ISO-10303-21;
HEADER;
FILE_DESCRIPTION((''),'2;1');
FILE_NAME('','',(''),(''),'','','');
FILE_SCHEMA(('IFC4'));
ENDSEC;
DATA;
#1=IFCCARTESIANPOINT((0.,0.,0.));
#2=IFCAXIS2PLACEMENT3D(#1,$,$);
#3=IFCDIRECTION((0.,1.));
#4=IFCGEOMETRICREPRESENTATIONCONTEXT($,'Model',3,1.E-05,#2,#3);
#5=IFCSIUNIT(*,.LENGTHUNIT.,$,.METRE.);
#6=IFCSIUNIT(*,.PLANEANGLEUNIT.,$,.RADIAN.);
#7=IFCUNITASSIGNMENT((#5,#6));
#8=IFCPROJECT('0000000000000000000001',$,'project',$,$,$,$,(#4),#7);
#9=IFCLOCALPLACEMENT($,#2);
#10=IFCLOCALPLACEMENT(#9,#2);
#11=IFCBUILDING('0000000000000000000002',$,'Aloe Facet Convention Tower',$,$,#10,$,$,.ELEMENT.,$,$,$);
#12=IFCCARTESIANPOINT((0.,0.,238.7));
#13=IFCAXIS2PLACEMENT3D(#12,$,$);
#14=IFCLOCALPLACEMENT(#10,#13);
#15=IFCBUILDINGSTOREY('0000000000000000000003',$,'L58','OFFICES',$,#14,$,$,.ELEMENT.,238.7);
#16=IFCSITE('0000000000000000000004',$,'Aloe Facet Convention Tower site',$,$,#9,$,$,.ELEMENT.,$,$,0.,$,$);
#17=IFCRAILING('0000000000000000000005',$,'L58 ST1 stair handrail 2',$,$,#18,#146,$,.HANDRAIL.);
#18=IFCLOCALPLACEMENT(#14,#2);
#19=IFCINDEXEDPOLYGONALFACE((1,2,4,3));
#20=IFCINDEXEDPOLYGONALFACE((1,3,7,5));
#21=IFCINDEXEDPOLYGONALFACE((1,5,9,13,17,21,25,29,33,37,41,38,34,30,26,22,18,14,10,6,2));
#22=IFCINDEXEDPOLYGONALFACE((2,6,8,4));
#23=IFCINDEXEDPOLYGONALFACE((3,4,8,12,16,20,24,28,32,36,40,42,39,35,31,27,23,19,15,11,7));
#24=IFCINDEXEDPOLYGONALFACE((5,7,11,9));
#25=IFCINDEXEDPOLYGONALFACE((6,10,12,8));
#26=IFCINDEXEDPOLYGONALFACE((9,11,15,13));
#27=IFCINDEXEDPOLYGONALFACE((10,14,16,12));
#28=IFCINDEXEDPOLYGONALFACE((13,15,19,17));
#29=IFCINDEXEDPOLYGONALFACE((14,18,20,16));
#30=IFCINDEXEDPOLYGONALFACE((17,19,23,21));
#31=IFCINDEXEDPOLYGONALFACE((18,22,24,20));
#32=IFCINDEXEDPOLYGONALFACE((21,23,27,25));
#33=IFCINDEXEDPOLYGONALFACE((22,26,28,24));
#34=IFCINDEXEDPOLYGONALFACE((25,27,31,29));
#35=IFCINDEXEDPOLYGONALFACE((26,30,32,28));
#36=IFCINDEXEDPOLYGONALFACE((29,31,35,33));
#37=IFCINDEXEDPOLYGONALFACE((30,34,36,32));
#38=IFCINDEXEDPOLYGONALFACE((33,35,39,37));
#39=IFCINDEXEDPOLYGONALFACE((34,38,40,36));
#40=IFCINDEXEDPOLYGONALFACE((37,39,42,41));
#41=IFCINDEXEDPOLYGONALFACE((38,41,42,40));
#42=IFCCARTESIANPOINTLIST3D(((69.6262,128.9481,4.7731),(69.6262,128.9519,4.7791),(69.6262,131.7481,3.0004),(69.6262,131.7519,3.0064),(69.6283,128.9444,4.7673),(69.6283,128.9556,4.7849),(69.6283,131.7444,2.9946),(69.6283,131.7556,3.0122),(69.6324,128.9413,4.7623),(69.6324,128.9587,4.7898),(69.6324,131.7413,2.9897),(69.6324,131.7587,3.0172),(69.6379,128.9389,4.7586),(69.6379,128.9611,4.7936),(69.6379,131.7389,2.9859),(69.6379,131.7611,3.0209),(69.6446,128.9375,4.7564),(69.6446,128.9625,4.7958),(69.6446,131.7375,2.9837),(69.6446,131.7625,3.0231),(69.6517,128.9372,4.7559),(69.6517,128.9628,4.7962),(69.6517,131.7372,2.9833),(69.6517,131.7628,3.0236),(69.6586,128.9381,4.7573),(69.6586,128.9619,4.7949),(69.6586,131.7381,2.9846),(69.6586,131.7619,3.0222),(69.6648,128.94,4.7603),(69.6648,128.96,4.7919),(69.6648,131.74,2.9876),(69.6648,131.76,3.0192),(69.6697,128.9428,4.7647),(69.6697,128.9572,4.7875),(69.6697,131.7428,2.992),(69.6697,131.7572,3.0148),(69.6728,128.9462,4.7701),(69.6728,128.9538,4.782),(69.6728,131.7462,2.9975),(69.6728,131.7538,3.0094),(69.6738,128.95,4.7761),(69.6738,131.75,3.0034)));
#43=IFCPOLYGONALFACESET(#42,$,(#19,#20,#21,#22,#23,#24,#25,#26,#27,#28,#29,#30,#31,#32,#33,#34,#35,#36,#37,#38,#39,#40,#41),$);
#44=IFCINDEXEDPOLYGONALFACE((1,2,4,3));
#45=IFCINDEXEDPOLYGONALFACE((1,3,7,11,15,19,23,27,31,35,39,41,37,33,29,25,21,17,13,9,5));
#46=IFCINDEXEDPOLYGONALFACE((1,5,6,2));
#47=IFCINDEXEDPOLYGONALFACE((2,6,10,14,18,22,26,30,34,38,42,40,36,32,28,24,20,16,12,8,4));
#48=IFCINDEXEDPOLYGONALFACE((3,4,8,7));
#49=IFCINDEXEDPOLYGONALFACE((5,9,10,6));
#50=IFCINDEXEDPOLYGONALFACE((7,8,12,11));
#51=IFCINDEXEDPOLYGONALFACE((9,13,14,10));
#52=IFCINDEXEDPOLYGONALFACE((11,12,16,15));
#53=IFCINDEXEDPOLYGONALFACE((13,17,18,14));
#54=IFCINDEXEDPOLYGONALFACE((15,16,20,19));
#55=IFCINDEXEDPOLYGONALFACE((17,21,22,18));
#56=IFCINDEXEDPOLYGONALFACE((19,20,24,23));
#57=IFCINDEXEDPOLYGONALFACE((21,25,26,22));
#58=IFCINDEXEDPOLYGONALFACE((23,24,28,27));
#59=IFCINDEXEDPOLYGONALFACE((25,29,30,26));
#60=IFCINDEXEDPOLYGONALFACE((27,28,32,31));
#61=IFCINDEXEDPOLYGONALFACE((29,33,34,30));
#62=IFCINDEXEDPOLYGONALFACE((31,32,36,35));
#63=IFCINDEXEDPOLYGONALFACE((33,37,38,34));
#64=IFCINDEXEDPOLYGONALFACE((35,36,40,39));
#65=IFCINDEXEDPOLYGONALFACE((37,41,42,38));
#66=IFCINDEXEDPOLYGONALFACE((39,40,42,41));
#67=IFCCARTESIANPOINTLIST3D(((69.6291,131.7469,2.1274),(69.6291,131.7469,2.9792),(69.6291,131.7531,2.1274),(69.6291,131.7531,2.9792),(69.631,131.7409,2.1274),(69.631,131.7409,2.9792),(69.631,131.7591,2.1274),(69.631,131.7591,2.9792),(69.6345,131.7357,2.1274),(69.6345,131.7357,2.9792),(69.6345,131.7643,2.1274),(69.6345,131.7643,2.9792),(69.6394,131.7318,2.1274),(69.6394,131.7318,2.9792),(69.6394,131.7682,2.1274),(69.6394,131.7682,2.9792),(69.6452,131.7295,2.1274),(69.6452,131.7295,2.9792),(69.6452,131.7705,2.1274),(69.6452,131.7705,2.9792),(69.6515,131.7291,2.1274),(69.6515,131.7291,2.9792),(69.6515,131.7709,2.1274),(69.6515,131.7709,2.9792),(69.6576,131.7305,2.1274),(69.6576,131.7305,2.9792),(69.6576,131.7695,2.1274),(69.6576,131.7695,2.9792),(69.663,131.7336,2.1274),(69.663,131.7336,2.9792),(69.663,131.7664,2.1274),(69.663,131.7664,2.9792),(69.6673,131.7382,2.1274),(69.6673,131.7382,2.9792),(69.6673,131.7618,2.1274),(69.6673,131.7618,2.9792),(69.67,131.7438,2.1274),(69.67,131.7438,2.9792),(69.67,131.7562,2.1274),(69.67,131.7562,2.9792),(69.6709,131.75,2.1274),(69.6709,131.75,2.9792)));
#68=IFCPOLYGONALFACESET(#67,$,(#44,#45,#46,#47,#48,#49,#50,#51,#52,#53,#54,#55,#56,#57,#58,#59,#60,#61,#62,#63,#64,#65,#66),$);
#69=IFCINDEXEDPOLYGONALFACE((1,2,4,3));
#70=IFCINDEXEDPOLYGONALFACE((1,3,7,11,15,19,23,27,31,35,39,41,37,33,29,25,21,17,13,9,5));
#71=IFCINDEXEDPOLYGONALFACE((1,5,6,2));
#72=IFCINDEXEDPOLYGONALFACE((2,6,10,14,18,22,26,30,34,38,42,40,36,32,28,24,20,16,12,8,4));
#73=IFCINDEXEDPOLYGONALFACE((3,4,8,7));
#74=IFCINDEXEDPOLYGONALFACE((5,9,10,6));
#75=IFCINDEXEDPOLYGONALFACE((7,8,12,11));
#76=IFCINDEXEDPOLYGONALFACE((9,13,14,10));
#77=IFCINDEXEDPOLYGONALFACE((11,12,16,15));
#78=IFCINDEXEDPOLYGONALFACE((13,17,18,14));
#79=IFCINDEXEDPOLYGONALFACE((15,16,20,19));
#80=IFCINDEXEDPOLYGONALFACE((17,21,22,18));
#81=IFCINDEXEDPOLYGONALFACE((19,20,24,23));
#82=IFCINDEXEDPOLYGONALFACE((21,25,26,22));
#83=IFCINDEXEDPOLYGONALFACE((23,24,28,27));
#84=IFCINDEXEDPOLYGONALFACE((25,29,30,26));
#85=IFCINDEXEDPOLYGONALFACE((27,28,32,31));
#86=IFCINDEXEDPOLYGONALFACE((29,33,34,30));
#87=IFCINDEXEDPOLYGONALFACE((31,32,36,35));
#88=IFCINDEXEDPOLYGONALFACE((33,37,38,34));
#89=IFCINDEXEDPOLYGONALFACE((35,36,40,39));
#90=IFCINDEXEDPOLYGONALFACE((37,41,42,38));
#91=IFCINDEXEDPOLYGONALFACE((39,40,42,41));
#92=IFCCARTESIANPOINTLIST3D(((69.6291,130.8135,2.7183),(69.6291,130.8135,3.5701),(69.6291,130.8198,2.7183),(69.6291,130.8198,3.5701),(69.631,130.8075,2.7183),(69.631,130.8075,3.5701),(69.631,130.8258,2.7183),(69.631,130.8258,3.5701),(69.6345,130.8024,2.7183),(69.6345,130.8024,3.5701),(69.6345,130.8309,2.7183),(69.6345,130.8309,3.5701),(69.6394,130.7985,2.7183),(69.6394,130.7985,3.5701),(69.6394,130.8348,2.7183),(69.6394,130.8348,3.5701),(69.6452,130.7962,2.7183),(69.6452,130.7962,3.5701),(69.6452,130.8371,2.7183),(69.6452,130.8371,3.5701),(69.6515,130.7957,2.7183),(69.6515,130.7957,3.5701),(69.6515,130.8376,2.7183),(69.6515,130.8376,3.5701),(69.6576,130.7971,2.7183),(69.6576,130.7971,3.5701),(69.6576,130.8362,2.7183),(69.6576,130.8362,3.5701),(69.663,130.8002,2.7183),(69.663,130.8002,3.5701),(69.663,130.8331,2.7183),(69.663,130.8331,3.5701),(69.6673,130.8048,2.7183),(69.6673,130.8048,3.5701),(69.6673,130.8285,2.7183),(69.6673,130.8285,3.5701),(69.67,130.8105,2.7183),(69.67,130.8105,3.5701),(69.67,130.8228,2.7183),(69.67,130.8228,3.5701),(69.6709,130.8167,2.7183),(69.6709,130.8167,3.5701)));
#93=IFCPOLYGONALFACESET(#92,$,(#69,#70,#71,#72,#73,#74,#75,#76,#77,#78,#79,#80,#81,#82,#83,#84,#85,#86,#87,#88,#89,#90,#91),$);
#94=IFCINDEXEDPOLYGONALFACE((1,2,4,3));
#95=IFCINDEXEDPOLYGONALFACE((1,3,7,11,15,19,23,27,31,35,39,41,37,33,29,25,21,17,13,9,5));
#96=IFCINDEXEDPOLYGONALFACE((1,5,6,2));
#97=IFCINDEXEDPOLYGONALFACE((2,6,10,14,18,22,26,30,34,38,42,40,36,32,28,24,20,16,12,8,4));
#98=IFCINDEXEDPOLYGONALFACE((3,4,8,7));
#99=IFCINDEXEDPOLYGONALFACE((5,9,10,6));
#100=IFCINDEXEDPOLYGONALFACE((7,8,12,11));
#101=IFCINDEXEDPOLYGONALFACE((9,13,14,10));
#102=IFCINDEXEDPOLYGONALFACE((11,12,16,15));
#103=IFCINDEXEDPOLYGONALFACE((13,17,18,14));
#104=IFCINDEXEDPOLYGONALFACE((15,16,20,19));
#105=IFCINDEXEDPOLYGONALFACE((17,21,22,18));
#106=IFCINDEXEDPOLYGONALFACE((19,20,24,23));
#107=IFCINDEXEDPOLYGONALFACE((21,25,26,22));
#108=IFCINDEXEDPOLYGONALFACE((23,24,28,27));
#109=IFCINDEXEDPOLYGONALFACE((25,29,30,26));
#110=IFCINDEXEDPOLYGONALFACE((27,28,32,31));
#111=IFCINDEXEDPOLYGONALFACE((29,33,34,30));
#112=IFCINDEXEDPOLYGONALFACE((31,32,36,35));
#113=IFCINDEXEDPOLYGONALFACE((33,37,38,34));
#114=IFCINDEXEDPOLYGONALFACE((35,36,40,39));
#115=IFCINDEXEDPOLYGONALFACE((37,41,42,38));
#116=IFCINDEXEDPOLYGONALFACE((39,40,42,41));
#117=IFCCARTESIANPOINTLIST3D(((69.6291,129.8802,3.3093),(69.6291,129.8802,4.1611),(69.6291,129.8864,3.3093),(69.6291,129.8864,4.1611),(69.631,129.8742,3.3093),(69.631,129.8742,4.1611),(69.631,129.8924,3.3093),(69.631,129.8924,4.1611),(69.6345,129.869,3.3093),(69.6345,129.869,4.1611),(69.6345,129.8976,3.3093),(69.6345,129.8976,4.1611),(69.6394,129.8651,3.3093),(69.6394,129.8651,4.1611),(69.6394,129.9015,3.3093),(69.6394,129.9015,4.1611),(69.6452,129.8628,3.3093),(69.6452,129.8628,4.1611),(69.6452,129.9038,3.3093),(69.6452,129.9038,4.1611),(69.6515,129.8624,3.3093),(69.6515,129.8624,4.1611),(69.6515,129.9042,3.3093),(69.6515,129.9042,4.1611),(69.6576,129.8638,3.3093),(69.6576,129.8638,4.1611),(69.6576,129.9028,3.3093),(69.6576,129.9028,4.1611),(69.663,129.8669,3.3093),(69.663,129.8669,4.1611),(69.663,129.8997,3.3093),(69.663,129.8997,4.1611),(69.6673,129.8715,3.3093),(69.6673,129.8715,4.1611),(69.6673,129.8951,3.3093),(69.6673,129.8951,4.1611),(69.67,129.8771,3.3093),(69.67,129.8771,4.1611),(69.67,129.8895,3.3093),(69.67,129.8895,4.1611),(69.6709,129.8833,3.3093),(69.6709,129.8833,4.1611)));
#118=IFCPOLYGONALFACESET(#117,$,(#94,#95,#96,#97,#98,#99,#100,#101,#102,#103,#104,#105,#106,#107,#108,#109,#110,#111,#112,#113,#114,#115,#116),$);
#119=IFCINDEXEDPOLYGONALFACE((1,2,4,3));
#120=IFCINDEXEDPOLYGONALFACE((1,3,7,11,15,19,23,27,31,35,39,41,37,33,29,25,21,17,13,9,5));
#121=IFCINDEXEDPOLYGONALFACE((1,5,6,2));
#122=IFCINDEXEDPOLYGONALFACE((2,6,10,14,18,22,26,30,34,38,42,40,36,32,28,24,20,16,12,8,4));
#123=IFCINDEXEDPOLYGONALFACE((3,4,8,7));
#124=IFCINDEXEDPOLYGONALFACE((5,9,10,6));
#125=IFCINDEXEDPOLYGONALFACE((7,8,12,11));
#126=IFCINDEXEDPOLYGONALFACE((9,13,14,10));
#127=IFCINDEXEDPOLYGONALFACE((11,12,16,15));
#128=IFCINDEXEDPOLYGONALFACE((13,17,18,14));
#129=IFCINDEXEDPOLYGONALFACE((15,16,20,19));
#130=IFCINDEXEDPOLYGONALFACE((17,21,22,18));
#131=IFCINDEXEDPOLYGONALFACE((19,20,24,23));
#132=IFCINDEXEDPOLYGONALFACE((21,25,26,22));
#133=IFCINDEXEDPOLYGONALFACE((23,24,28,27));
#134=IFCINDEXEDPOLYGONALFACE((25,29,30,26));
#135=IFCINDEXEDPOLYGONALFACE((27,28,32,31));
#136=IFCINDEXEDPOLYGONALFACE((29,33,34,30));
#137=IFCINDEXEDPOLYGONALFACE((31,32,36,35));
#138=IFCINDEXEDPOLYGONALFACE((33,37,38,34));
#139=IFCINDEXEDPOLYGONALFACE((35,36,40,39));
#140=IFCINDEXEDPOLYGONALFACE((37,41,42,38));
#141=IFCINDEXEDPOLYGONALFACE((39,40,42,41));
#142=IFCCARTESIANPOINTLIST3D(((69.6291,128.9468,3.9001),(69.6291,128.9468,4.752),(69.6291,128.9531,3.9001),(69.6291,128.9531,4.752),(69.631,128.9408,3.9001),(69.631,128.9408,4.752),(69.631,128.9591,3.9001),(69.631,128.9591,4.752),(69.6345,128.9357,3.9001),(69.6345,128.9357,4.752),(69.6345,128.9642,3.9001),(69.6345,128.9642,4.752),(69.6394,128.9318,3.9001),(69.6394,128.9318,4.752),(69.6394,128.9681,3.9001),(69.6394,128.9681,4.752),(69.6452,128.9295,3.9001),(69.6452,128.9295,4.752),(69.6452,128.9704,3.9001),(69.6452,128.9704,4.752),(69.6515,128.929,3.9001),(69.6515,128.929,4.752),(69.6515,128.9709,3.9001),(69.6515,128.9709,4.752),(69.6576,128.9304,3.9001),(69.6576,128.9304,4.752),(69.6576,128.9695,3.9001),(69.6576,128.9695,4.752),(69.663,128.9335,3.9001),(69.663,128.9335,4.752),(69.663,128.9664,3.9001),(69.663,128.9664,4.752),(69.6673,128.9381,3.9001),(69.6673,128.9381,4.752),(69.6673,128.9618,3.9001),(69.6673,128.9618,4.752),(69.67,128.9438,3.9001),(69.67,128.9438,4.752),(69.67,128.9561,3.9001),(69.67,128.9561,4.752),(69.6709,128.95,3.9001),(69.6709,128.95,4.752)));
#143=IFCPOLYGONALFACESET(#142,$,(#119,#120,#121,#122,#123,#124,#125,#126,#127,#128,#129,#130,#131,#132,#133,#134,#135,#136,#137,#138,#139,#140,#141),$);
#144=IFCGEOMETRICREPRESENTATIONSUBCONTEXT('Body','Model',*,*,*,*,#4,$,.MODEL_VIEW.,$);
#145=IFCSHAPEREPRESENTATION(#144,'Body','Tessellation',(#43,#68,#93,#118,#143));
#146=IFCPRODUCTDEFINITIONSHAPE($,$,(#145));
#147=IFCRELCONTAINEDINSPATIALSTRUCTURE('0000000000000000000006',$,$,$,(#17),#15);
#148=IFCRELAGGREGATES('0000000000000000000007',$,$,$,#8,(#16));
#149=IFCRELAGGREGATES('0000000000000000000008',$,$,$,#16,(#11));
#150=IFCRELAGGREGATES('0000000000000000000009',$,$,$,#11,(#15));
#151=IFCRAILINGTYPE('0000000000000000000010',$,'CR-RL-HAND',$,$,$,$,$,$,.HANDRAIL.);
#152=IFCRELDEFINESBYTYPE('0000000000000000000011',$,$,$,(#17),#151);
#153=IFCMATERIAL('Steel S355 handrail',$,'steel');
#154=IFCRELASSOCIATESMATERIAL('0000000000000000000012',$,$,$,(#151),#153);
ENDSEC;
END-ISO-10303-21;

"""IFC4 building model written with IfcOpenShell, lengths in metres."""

from ifc_helpers import new_model, si_unit, direction, frame, origin, origin_2d, place, context, subcontext, project, spatial, circle, extrude, material, type_object, element, save


model = new_model("IFC4")

# Units and contexts
model_context = context("Model", 3, precision=1e-05, world=origin(), true_north=direction((0.0, 1.0)))
body_context = subcontext(model_context, "Body", "Model", "MODEL_VIEW")
ifc_project = project(units=[si_unit("LENGTHUNIT", "METRE"), si_unit("PLANEANGLEUNIT", "RADIAN")], contexts=[model_context])

# Site, building, storey
site_placement = place(None, origin())
site = spatial("IfcSite", under=ifc_project, at=site_placement, Name="Aloe Facet Convention Tower site", CompositionType="ELEMENT", RefElevation=0.0)
building_placement = place(site_placement, origin())
building = spatial("IfcBuilding", under=site, at=building_placement, Name="Aloe Facet Convention Tower", CompositionType="ELEMENT")
storey_placement = place(building_placement, frame((0.0, 0.0, 238.7)))
storey = spatial("IfcBuildingStorey", under=building, at=storey_placement, Name="L58", Description="OFFICES", CompositionType="ELEMENT", Elevation=238.7)

# Railing
ifc_material_1 = material(Name="Steel S355 handrail", Category="steel")
railing_type_1 = type_object("IfcRailingType", Name="CR-RL-HAND", PredefinedType="HANDRAIL", material=ifc_material_1)
railing_1_placement = place(storey_placement, frame((69.6499, 131.75, 2.1274)))
element("IfcRailing", 1, at=railing_1_placement, inside=storey, type_object=railing_type_1, Name="L58 ST1 stair handrail 2", PredefinedType="HANDRAIL", context=body_context, shape_type="SweptSolid", body=[
    extrude(circle(Radius=0.0239, at=origin_2d()), frame((0.0, 0.0, 0.876), z_axis=(0.0, -0.844909, 0.53491), x_axis=(1.0, 0.0, 0.0)), (0.0, 0.0, 1.0), 3.314),
    extrude(circle(Radius=0.021, at=origin_2d()), origin(), (0.0, 0.0, 1.0), 0.8518),
    extrude(circle(Radius=0.021, at=origin_2d()), frame((0.0, -0.9333, 0.5908)), (0.0, 0.0, 1.0), 0.8518),
    extrude(circle(Radius=0.021, at=origin_2d()), frame((0.0, -1.8667, 1.1819)), (0.0, 0.0, 1.0), 0.8518),
    extrude(circle(Radius=0.021, at=origin_2d()), frame((0.0, -2.8, 1.7727)), (0.0, 0.0, 1.0), 0.8518),
])

save(model, "model.ifc")
